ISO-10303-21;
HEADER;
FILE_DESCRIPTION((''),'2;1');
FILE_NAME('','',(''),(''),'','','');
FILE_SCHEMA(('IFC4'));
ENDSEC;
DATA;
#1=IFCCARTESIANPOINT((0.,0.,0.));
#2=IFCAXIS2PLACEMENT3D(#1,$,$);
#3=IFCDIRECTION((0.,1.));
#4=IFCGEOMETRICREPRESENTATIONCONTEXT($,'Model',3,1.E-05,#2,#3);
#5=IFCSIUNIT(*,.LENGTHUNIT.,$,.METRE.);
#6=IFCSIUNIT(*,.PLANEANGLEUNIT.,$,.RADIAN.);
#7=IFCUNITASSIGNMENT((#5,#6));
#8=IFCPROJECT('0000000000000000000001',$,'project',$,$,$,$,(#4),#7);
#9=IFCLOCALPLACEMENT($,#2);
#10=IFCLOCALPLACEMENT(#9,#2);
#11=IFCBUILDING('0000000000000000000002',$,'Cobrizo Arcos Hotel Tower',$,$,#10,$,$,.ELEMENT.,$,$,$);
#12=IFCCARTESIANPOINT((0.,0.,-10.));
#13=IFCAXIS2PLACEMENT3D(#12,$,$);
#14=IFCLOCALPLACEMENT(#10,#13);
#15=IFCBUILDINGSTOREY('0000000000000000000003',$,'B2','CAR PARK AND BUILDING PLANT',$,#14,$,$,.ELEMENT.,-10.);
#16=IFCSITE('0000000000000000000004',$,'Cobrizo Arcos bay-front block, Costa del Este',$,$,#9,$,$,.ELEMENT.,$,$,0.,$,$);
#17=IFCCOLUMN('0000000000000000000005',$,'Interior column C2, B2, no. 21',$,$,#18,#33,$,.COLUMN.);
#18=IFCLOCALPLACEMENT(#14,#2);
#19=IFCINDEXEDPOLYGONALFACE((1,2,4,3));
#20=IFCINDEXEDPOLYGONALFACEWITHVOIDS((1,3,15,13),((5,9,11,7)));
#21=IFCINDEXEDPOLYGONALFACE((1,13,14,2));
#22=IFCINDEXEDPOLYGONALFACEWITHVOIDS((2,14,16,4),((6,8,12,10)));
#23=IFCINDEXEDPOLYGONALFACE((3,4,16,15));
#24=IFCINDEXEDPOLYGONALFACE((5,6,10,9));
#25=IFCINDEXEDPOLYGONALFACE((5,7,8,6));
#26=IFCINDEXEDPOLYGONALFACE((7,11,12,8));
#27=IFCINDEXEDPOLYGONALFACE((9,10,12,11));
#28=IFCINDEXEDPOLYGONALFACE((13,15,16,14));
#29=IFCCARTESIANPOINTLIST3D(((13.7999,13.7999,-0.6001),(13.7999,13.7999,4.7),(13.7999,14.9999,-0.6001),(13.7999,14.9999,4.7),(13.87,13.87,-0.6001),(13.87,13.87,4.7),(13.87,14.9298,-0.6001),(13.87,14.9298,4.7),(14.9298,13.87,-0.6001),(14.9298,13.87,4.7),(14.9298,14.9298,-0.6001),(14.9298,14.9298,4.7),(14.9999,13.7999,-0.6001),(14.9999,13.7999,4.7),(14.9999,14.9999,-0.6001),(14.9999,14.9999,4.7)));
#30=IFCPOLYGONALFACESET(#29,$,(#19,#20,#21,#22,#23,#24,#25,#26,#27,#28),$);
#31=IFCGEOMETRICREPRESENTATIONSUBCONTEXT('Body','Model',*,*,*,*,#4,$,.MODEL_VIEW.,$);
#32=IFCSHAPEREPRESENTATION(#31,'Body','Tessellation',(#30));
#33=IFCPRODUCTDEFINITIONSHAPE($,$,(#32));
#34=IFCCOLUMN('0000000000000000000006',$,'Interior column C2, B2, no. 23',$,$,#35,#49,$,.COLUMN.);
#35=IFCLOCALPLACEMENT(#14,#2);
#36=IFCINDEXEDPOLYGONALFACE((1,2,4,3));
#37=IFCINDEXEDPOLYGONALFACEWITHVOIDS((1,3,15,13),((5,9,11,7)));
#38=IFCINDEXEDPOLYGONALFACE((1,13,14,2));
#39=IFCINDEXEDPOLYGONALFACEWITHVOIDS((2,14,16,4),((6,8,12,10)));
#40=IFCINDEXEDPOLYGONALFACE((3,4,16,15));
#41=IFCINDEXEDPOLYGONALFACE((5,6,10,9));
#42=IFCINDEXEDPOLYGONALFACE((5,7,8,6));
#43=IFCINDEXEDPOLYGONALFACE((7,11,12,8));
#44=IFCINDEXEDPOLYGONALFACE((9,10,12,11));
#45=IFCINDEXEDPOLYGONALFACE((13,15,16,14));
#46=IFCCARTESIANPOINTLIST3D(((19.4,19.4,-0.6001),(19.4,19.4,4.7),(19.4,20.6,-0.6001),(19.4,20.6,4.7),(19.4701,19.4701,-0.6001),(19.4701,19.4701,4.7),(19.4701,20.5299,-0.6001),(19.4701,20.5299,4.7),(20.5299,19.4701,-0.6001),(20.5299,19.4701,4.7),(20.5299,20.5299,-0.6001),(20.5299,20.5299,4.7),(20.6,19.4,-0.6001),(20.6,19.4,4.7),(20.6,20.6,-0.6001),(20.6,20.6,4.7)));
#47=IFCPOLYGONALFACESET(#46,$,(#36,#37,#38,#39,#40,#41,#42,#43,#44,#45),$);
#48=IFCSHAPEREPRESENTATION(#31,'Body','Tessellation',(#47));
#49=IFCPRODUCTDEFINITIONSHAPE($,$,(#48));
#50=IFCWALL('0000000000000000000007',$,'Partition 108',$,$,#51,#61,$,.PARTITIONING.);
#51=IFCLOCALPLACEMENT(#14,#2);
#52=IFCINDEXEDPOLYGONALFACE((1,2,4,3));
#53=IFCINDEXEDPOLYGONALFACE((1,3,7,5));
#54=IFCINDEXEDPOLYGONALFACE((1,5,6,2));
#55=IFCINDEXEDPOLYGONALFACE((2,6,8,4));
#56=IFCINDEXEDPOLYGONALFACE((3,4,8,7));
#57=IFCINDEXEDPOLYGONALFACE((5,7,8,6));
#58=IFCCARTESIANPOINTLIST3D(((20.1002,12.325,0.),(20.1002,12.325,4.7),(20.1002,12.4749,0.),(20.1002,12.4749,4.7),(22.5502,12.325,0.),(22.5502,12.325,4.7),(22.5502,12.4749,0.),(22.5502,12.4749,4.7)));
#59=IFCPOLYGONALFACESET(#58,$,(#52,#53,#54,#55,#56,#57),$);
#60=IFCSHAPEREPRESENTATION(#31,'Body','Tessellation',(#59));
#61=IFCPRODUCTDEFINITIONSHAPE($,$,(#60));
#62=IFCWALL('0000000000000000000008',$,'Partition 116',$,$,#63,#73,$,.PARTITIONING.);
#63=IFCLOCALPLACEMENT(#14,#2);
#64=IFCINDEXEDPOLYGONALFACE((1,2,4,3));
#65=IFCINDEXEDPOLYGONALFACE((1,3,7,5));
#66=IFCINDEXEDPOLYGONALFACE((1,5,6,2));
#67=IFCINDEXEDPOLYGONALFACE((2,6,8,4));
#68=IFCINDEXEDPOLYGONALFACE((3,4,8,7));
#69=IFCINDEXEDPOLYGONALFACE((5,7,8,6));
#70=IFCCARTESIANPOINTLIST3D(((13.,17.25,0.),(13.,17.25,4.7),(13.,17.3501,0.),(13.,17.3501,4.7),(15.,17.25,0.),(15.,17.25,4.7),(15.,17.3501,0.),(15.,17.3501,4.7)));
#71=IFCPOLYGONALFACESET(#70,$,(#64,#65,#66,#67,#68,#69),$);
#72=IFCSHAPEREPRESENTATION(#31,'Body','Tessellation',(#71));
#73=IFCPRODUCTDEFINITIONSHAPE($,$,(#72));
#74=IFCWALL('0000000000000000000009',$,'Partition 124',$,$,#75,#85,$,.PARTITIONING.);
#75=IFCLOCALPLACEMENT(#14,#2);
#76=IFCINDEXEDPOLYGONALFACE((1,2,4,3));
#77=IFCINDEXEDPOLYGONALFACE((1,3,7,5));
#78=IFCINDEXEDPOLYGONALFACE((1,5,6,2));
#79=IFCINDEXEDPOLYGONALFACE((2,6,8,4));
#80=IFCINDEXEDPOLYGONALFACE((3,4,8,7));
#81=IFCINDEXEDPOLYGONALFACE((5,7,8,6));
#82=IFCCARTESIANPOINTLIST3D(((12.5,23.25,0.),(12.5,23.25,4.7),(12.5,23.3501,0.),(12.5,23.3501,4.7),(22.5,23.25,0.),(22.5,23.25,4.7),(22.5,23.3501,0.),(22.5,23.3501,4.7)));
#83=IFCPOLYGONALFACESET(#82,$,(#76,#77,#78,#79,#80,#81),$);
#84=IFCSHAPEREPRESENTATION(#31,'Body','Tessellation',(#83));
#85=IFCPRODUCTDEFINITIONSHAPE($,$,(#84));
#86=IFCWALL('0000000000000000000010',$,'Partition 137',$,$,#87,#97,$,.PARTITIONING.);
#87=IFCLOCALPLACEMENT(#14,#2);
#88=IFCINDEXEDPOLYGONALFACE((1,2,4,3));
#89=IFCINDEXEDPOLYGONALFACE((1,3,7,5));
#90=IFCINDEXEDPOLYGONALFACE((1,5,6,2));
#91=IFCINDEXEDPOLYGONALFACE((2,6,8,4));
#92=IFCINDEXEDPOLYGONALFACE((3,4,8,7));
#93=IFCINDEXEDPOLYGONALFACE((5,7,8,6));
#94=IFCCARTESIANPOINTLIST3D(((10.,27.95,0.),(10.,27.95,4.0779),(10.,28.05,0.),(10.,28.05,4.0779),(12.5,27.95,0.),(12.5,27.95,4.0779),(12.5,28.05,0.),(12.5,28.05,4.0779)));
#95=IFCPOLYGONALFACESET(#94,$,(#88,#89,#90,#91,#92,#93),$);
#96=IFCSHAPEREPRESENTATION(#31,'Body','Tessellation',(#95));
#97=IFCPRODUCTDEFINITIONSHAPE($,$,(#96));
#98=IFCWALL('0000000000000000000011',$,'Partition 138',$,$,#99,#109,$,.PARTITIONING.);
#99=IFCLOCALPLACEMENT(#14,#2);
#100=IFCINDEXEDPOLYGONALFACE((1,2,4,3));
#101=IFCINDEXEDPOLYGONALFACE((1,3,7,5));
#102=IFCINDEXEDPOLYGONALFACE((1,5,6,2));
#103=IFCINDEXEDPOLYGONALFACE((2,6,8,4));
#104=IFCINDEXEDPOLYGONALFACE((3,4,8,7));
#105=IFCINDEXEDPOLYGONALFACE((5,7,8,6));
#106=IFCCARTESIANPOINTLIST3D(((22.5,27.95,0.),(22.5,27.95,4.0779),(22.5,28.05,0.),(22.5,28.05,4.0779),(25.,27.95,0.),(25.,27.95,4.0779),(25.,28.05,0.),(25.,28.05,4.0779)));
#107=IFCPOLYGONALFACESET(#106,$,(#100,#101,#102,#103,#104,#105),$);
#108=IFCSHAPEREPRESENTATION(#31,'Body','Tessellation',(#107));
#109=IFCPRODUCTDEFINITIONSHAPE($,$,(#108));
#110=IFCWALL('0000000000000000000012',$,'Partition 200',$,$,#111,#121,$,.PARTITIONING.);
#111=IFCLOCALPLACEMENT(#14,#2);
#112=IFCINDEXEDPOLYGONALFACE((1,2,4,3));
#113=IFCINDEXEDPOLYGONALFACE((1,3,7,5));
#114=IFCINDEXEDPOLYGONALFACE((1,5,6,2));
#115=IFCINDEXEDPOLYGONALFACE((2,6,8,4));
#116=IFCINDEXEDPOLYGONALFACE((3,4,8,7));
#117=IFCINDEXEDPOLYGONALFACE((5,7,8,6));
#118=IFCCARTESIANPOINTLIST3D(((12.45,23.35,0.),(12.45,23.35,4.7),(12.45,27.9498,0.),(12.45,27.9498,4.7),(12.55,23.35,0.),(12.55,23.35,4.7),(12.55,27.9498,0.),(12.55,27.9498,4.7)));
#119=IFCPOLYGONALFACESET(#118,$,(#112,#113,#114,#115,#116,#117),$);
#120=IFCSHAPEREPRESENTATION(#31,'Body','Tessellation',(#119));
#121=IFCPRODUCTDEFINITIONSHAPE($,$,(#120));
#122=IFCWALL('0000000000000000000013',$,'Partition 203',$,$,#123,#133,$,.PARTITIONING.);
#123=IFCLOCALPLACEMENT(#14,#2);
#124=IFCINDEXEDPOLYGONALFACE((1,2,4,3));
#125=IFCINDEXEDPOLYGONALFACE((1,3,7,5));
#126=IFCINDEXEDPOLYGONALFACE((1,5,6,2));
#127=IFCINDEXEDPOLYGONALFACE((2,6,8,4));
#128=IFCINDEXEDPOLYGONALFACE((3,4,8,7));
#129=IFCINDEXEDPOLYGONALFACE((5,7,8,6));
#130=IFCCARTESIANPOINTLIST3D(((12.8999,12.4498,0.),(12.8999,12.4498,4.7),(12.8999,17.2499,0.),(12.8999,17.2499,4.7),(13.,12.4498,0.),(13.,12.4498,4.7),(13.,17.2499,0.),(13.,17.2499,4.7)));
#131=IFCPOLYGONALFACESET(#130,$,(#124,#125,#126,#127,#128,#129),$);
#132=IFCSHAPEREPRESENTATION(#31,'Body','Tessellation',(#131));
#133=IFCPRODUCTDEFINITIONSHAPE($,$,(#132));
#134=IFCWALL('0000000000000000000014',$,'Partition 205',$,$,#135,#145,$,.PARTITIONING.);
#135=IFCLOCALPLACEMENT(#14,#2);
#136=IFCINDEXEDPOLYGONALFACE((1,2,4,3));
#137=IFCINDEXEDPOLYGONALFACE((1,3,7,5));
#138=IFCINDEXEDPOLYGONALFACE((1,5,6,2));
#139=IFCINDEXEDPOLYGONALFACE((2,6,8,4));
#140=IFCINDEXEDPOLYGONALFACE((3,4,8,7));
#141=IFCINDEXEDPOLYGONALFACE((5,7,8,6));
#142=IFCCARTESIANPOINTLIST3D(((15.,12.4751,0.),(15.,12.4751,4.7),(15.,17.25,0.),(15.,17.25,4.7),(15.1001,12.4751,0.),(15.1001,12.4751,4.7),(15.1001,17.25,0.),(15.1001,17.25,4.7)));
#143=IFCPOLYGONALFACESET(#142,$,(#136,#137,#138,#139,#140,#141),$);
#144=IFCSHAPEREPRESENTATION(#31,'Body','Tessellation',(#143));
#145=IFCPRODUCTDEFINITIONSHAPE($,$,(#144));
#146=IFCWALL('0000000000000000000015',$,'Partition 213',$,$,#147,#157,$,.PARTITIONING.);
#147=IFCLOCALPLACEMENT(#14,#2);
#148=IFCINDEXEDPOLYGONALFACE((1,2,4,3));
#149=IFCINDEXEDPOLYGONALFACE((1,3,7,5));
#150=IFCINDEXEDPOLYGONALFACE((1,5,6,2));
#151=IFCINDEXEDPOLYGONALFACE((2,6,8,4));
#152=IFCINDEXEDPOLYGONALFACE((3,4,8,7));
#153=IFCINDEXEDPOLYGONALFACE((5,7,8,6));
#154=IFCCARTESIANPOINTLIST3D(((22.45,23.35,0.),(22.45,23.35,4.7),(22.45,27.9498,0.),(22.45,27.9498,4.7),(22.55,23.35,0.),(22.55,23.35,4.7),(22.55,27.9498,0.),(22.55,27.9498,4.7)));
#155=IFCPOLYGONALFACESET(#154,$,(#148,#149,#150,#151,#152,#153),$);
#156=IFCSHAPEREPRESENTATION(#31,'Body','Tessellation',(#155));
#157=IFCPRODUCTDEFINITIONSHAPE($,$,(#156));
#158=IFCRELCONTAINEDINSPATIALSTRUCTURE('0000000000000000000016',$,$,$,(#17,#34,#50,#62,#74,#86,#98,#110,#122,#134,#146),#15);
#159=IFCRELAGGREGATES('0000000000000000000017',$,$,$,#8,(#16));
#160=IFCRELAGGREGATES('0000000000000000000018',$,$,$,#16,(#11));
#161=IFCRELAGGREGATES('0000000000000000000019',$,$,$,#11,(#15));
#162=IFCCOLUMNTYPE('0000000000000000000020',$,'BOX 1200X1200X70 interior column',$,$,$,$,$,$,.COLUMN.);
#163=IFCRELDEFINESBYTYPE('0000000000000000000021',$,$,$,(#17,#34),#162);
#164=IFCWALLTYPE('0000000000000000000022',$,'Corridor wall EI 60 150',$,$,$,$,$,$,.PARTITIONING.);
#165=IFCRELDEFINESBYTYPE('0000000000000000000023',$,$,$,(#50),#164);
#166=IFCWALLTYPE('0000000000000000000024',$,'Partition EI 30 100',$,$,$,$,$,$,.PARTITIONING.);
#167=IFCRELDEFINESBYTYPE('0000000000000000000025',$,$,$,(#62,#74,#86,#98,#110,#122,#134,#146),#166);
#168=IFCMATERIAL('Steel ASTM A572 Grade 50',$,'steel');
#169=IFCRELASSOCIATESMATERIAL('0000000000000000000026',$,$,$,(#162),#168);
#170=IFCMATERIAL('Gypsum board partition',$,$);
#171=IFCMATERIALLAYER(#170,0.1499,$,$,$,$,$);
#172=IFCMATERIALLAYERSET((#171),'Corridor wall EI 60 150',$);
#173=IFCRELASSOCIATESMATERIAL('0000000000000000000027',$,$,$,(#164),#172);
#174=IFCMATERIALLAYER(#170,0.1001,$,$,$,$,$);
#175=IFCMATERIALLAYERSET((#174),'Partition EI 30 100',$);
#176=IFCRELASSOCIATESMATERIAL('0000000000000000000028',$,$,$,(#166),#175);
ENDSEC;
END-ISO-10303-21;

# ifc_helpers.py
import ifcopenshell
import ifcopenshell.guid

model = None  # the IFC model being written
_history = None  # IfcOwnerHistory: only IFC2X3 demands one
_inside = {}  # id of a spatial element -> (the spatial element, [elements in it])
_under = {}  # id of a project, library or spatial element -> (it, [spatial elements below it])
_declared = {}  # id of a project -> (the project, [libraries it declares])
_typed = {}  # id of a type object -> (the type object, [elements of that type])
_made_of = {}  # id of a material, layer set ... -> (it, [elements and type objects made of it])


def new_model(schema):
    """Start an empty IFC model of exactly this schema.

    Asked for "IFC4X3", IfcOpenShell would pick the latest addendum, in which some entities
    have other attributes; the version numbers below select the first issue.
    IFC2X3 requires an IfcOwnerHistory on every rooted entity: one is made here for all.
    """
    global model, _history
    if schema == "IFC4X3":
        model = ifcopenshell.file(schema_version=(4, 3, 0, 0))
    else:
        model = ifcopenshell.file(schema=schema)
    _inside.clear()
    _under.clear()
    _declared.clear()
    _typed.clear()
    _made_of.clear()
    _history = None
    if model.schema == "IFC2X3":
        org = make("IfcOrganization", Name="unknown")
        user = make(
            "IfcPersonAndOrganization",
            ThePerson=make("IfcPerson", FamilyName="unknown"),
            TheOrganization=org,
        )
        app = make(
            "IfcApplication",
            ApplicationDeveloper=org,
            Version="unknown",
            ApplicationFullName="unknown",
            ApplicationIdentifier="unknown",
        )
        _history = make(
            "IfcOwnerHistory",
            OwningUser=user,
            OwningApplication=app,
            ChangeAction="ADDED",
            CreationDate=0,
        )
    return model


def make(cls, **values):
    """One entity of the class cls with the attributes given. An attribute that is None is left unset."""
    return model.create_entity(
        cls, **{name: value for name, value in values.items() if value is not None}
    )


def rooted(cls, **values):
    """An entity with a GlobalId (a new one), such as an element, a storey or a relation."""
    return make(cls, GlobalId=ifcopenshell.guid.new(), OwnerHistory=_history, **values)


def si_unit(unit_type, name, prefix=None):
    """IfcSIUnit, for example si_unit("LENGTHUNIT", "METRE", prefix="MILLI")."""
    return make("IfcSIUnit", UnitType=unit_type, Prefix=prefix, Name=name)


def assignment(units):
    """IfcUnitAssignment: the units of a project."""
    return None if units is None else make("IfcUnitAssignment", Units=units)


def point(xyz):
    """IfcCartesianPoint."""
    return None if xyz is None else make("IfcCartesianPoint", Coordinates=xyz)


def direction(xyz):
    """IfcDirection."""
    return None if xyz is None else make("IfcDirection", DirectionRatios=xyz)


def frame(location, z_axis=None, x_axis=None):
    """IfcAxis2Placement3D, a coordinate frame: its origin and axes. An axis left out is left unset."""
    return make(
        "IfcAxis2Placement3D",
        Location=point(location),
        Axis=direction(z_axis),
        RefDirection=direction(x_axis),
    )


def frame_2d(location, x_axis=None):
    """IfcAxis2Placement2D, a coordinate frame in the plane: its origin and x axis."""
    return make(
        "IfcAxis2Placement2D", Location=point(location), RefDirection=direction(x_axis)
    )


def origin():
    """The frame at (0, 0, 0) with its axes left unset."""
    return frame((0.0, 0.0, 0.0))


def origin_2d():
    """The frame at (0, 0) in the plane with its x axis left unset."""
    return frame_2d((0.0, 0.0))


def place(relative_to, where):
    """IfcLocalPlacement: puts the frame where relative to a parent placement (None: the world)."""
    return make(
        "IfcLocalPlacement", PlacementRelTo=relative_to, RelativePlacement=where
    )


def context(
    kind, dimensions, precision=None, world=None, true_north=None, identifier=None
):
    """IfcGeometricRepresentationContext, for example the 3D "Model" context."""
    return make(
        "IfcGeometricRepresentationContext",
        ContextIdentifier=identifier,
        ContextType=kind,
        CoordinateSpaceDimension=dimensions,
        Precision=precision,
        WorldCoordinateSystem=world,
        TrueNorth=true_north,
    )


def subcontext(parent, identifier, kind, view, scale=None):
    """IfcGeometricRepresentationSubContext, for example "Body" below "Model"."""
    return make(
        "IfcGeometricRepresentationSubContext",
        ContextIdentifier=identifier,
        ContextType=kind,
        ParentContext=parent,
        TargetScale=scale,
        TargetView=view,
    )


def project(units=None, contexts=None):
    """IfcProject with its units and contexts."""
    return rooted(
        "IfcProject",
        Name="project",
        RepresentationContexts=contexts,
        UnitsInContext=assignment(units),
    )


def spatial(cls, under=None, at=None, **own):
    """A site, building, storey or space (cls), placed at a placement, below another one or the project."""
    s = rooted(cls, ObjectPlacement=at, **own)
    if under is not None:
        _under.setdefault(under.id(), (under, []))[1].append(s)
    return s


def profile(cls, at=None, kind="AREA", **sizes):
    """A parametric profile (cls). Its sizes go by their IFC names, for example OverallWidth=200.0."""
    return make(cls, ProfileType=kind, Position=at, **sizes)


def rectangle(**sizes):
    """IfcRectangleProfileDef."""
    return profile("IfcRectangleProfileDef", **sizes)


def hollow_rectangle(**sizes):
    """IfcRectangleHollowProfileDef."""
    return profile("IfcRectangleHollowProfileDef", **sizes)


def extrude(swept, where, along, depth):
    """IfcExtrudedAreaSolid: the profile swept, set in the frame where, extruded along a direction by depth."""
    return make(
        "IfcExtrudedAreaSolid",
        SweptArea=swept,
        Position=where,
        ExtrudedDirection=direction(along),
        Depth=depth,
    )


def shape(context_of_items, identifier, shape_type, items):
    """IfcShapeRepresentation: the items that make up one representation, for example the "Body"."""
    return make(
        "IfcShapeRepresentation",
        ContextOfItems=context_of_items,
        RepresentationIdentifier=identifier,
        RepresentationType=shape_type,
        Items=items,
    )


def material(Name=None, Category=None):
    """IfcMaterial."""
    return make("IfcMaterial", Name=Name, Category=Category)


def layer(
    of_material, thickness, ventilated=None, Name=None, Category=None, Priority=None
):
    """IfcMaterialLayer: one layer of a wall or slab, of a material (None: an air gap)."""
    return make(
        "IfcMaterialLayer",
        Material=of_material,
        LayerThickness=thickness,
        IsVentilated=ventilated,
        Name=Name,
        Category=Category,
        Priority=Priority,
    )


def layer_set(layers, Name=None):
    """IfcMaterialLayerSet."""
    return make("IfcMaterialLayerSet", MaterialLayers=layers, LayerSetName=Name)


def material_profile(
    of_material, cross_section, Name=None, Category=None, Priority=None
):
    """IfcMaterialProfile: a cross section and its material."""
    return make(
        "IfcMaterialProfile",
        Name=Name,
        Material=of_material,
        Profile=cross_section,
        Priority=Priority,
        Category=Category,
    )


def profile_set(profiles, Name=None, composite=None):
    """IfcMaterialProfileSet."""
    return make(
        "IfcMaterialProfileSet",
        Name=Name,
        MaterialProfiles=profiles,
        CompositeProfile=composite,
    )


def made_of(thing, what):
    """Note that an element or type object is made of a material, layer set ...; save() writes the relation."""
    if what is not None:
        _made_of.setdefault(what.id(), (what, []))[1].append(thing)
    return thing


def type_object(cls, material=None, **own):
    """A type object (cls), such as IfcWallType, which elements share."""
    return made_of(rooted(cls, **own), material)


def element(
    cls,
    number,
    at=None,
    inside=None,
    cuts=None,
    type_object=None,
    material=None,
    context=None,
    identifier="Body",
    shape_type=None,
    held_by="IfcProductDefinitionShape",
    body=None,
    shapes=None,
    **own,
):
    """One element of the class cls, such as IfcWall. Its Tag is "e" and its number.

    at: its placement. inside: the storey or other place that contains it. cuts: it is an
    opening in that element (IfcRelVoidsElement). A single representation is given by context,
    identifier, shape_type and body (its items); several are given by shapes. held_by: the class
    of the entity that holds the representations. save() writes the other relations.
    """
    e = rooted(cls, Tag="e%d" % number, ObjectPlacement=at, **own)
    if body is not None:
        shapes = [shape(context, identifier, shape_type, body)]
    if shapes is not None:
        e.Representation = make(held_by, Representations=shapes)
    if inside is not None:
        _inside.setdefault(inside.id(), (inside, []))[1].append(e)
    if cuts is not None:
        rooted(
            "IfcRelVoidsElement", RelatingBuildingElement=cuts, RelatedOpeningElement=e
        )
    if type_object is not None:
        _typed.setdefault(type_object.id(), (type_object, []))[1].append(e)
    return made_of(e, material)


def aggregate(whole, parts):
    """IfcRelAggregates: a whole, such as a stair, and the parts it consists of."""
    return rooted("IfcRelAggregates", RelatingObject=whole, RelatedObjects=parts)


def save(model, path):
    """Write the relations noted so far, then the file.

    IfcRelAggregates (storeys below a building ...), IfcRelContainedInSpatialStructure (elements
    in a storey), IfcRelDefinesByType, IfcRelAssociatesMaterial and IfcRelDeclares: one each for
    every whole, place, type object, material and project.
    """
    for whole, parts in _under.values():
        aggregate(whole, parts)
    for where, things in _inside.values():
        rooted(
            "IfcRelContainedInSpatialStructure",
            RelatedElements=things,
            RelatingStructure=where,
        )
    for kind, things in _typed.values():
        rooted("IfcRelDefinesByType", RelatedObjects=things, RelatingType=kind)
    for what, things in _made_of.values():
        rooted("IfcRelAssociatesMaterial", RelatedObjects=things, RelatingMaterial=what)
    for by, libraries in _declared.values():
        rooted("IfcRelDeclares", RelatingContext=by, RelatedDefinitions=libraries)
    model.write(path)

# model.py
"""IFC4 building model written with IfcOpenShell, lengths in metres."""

from ifc_helpers import new_model, si_unit, direction, frame, frame_2d, origin, origin_2d, place, context, subcontext, project, spatial, rectangle, hollow_rectangle, extrude, material, layer, layer_set, material_profile, profile_set, type_object, element, save


model = new_model("IFC4")

# Units and contexts
model_context = context("Model", 3, precision=1e-05, world=origin(), true_north=direction((0.0, 1.0)))
body_context = subcontext(model_context, "Body", "Model", "MODEL_VIEW")
ifc_project = project(units=[si_unit("LENGTHUNIT", "METRE"), si_unit("PLANEANGLEUNIT", "RADIAN")], contexts=[model_context])

# Site, building, storey
site_placement = place(None, origin())
site = spatial("IfcSite", under=ifc_project, at=site_placement, Name="Cobrizo Arcos bay-front block, Costa del Este", CompositionType="ELEMENT", RefElevation=0.0)
building_placement = place(site_placement, origin())
building = spatial("IfcBuilding", under=site, at=building_placement, Name="Cobrizo Arcos Hotel Tower", CompositionType="ELEMENT")
storey_placement = place(building_placement, frame((0.0, 0.0, -10.0)))
storey = spatial("IfcBuildingStorey", under=building, at=storey_placement, Name="B2", Description="CAR PARK AND BUILDING PLANT", CompositionType="ELEMENT", Elevation=-10.0)

# Columns
ifc_material_1 = material(Name="Steel ASTM A572 Grade 50", Category="steel")
ifc_material_profile_1 = material_profile(ifc_material_1, hollow_rectangle(XDim=1.2, YDim=1.2, WallThickness=0.0701, at=origin_2d()), Name="BOX 1200X1200X70")
ifc_profile_set_1 = profile_set([ifc_material_profile_1], Name="Steel ASTM A572 Grade 50")
column_type_1 = type_object("IfcColumnType", Name="BOX 1200X1200X70 interior column", PredefinedType="COLUMN", material=ifc_profile_set_1)
for number, where, z_axis, x_axis, name in (
    (1, (14.3999, 14.3999, -0.6001), (0.0, 0.0, 1.0), (1.0, 0.0, 0.0), "Interior column C2, B2, no. 21"),
    (2, (20.0, 20.0, -0.6001), (0.0, 0.0, 1.0), (1.0, 0.0, 0.0), "Interior column C2, B2, no. 23"),
):
    element("IfcColumn", number, at=place(storey_placement, frame(where, z_axis=z_axis, x_axis=x_axis)), inside=storey, type_object=column_type_1, Name=name, PredefinedType="COLUMN", context=body_context, shape_type="SweptSolid", body=[
        extrude(hollow_rectangle(XDim=1.2, YDim=1.2, WallThickness=0.0701, at=origin_2d()), origin(), (0.0, 0.0, 1.0), 5.3),
    ])

# Walls
ifc_material_2 = material(Name="Gypsum board partition")
ifc_layer_1 = layer(ifc_material_2, 0.1499)
ifc_layer_set_1 = layer_set([ifc_layer_1], Name="Corridor wall EI 60 150")
wall_type_1 = type_object("IfcWallType", Name="Corridor wall EI 60 150", PredefinedType="PARTITIONING", material=ifc_layer_set_1)
wall_1_placement = place(storey_placement, frame((20.1001, 12.3999, 0.0), z_axis=(0.0, 0.0, 1.0), x_axis=(1.0, 0.0, 0.0)))
element("IfcWall", 3, at=wall_1_placement, inside=storey, type_object=wall_type_1, Name="Partition 108", PredefinedType="PARTITIONING", context=body_context, shape_type="SweptSolid", body=[
    extrude(rectangle(XDim=2.45, YDim=0.1499, at=frame_2d((1.2251, 0.0))), origin(), (0.0, 0.0, 1.0), 4.7),
])
ifc_layer_2 = layer(ifc_material_2, 0.1001)
ifc_layer_set_2 = layer_set([ifc_layer_2], Name="Partition EI 30 100")
wall_type_2 = type_object("IfcWallType", Name="Partition EI 30 100", PredefinedType="PARTITIONING", material=ifc_layer_set_2)
wall_2_placement = place(storey_placement, frame((13.0, 17.3, 0.0), z_axis=(0.0, 0.0, 1.0), x_axis=(1.0, 0.0, 0.0)))
element("IfcWall", 4, at=wall_2_placement, inside=storey, type_object=wall_type_2, Name="Partition 116", PredefinedType="PARTITIONING", context=body_context, shape_type="SweptSolid", body=[
    extrude(rectangle(XDim=2.0, YDim=0.1001, at=frame_2d((1.0, 0.0))), origin(), (0.0, 0.0, 1.0), 4.7),
])
wall_3_placement = place(storey_placement, frame((12.5, 23.3, 0.0), z_axis=(0.0, 0.0, 1.0), x_axis=(1.0, 0.0, 0.0)))
element("IfcWall", 5, at=wall_3_placement, inside=storey, type_object=wall_type_2, Name="Partition 124", PredefinedType="PARTITIONING", context=body_context, shape_type="SweptSolid", body=[
    extrude(rectangle(XDim=10.0, YDim=0.1001, at=frame_2d((5.0, 0.0))), origin(), (0.0, 0.0, 1.0), 4.7),
])
for number, where, z_axis, x_axis, name in (
    (6, (10.0, 28.0, 0.0), (0.0, 0.0, 1.0), (1.0, 0.0, 0.0), "Partition 137"),
    (7, (22.5, 28.0, 0.0), (0.0, 0.0, 1.0), (1.0, 0.0, 0.0), "Partition 138"),
):
    element("IfcWall", number, at=place(storey_placement, frame(where, z_axis=z_axis, x_axis=x_axis)), inside=storey, type_object=wall_type_2, Name=name, PredefinedType="PARTITIONING", context=body_context, shape_type="SweptSolid", body=[
        extrude(rectangle(XDim=2.5, YDim=0.1001, at=frame_2d((1.25, 0.0))), origin(), (0.0, 0.0, 1.0), 4.0779),
    ])
wall_4_placement = place(storey_placement, frame((12.5, 23.3501, 0.0), z_axis=(0.0, 0.0, 1.0), x_axis=(0.0, 1.0, 0.0)))
element("IfcWall", 8, at=wall_4_placement, inside=storey, type_object=wall_type_2, Name="Partition 200", PredefinedType="PARTITIONING", context=body_context, shape_type="SweptSolid", body=[
    extrude(rectangle(XDim=4.5999, YDim=0.1001, at=frame_2d((2.2998, 0.0))), origin(), (0.0, 0.0, 1.0), 4.7),
])
wall_5_placement = place(storey_placement, frame((12.95, 12.45, 0.0), z_axis=(0.0, 0.0, 1.0), x_axis=(0.0, 1.0, 0.0)))
element("IfcWall", 9, at=wall_5_placement, inside=storey, type_object=wall_type_2, Name="Partition 203", PredefinedType="PARTITIONING", context=body_context, shape_type="SweptSolid", body=[
    extrude(rectangle(XDim=4.8, YDim=0.1001, at=frame_2d((2.3999, 0.0))), origin(), (0.0, 0.0, 1.0), 4.7),
])
wall_6_placement = place(storey_placement, frame((15.05, 12.4751, 0.0), z_axis=(0.0, 0.0, 1.0), x_axis=(0.0, 1.0, 0.0)))
element("IfcWall", 10, at=wall_6_placement, inside=storey, type_object=wall_type_2, Name="Partition 205", PredefinedType="PARTITIONING", context=body_context, shape_type="SweptSolid", body=[
    extrude(rectangle(XDim=4.7749, YDim=0.1001, at=frame_2d((2.3875, 0.0))), origin(), (0.0, 0.0, 1.0), 4.7),
])
wall_7_placement = place(storey_placement, frame((22.5, 23.3501, 0.0), z_axis=(0.0, 0.0, 1.0), x_axis=(0.0, 1.0, 0.0)))
element("IfcWall", 11, at=wall_7_placement, inside=storey, type_object=wall_type_2, Name="Partition 213", PredefinedType="PARTITIONING", context=body_context, shape_type="SweptSolid", body=[
    extrude(rectangle(XDim=4.5999, YDim=0.1001, at=frame_2d((2.2998, 0.0))), origin(), (0.0, 0.0, 1.0), 4.7),
])

save(model, "model.ifc")
